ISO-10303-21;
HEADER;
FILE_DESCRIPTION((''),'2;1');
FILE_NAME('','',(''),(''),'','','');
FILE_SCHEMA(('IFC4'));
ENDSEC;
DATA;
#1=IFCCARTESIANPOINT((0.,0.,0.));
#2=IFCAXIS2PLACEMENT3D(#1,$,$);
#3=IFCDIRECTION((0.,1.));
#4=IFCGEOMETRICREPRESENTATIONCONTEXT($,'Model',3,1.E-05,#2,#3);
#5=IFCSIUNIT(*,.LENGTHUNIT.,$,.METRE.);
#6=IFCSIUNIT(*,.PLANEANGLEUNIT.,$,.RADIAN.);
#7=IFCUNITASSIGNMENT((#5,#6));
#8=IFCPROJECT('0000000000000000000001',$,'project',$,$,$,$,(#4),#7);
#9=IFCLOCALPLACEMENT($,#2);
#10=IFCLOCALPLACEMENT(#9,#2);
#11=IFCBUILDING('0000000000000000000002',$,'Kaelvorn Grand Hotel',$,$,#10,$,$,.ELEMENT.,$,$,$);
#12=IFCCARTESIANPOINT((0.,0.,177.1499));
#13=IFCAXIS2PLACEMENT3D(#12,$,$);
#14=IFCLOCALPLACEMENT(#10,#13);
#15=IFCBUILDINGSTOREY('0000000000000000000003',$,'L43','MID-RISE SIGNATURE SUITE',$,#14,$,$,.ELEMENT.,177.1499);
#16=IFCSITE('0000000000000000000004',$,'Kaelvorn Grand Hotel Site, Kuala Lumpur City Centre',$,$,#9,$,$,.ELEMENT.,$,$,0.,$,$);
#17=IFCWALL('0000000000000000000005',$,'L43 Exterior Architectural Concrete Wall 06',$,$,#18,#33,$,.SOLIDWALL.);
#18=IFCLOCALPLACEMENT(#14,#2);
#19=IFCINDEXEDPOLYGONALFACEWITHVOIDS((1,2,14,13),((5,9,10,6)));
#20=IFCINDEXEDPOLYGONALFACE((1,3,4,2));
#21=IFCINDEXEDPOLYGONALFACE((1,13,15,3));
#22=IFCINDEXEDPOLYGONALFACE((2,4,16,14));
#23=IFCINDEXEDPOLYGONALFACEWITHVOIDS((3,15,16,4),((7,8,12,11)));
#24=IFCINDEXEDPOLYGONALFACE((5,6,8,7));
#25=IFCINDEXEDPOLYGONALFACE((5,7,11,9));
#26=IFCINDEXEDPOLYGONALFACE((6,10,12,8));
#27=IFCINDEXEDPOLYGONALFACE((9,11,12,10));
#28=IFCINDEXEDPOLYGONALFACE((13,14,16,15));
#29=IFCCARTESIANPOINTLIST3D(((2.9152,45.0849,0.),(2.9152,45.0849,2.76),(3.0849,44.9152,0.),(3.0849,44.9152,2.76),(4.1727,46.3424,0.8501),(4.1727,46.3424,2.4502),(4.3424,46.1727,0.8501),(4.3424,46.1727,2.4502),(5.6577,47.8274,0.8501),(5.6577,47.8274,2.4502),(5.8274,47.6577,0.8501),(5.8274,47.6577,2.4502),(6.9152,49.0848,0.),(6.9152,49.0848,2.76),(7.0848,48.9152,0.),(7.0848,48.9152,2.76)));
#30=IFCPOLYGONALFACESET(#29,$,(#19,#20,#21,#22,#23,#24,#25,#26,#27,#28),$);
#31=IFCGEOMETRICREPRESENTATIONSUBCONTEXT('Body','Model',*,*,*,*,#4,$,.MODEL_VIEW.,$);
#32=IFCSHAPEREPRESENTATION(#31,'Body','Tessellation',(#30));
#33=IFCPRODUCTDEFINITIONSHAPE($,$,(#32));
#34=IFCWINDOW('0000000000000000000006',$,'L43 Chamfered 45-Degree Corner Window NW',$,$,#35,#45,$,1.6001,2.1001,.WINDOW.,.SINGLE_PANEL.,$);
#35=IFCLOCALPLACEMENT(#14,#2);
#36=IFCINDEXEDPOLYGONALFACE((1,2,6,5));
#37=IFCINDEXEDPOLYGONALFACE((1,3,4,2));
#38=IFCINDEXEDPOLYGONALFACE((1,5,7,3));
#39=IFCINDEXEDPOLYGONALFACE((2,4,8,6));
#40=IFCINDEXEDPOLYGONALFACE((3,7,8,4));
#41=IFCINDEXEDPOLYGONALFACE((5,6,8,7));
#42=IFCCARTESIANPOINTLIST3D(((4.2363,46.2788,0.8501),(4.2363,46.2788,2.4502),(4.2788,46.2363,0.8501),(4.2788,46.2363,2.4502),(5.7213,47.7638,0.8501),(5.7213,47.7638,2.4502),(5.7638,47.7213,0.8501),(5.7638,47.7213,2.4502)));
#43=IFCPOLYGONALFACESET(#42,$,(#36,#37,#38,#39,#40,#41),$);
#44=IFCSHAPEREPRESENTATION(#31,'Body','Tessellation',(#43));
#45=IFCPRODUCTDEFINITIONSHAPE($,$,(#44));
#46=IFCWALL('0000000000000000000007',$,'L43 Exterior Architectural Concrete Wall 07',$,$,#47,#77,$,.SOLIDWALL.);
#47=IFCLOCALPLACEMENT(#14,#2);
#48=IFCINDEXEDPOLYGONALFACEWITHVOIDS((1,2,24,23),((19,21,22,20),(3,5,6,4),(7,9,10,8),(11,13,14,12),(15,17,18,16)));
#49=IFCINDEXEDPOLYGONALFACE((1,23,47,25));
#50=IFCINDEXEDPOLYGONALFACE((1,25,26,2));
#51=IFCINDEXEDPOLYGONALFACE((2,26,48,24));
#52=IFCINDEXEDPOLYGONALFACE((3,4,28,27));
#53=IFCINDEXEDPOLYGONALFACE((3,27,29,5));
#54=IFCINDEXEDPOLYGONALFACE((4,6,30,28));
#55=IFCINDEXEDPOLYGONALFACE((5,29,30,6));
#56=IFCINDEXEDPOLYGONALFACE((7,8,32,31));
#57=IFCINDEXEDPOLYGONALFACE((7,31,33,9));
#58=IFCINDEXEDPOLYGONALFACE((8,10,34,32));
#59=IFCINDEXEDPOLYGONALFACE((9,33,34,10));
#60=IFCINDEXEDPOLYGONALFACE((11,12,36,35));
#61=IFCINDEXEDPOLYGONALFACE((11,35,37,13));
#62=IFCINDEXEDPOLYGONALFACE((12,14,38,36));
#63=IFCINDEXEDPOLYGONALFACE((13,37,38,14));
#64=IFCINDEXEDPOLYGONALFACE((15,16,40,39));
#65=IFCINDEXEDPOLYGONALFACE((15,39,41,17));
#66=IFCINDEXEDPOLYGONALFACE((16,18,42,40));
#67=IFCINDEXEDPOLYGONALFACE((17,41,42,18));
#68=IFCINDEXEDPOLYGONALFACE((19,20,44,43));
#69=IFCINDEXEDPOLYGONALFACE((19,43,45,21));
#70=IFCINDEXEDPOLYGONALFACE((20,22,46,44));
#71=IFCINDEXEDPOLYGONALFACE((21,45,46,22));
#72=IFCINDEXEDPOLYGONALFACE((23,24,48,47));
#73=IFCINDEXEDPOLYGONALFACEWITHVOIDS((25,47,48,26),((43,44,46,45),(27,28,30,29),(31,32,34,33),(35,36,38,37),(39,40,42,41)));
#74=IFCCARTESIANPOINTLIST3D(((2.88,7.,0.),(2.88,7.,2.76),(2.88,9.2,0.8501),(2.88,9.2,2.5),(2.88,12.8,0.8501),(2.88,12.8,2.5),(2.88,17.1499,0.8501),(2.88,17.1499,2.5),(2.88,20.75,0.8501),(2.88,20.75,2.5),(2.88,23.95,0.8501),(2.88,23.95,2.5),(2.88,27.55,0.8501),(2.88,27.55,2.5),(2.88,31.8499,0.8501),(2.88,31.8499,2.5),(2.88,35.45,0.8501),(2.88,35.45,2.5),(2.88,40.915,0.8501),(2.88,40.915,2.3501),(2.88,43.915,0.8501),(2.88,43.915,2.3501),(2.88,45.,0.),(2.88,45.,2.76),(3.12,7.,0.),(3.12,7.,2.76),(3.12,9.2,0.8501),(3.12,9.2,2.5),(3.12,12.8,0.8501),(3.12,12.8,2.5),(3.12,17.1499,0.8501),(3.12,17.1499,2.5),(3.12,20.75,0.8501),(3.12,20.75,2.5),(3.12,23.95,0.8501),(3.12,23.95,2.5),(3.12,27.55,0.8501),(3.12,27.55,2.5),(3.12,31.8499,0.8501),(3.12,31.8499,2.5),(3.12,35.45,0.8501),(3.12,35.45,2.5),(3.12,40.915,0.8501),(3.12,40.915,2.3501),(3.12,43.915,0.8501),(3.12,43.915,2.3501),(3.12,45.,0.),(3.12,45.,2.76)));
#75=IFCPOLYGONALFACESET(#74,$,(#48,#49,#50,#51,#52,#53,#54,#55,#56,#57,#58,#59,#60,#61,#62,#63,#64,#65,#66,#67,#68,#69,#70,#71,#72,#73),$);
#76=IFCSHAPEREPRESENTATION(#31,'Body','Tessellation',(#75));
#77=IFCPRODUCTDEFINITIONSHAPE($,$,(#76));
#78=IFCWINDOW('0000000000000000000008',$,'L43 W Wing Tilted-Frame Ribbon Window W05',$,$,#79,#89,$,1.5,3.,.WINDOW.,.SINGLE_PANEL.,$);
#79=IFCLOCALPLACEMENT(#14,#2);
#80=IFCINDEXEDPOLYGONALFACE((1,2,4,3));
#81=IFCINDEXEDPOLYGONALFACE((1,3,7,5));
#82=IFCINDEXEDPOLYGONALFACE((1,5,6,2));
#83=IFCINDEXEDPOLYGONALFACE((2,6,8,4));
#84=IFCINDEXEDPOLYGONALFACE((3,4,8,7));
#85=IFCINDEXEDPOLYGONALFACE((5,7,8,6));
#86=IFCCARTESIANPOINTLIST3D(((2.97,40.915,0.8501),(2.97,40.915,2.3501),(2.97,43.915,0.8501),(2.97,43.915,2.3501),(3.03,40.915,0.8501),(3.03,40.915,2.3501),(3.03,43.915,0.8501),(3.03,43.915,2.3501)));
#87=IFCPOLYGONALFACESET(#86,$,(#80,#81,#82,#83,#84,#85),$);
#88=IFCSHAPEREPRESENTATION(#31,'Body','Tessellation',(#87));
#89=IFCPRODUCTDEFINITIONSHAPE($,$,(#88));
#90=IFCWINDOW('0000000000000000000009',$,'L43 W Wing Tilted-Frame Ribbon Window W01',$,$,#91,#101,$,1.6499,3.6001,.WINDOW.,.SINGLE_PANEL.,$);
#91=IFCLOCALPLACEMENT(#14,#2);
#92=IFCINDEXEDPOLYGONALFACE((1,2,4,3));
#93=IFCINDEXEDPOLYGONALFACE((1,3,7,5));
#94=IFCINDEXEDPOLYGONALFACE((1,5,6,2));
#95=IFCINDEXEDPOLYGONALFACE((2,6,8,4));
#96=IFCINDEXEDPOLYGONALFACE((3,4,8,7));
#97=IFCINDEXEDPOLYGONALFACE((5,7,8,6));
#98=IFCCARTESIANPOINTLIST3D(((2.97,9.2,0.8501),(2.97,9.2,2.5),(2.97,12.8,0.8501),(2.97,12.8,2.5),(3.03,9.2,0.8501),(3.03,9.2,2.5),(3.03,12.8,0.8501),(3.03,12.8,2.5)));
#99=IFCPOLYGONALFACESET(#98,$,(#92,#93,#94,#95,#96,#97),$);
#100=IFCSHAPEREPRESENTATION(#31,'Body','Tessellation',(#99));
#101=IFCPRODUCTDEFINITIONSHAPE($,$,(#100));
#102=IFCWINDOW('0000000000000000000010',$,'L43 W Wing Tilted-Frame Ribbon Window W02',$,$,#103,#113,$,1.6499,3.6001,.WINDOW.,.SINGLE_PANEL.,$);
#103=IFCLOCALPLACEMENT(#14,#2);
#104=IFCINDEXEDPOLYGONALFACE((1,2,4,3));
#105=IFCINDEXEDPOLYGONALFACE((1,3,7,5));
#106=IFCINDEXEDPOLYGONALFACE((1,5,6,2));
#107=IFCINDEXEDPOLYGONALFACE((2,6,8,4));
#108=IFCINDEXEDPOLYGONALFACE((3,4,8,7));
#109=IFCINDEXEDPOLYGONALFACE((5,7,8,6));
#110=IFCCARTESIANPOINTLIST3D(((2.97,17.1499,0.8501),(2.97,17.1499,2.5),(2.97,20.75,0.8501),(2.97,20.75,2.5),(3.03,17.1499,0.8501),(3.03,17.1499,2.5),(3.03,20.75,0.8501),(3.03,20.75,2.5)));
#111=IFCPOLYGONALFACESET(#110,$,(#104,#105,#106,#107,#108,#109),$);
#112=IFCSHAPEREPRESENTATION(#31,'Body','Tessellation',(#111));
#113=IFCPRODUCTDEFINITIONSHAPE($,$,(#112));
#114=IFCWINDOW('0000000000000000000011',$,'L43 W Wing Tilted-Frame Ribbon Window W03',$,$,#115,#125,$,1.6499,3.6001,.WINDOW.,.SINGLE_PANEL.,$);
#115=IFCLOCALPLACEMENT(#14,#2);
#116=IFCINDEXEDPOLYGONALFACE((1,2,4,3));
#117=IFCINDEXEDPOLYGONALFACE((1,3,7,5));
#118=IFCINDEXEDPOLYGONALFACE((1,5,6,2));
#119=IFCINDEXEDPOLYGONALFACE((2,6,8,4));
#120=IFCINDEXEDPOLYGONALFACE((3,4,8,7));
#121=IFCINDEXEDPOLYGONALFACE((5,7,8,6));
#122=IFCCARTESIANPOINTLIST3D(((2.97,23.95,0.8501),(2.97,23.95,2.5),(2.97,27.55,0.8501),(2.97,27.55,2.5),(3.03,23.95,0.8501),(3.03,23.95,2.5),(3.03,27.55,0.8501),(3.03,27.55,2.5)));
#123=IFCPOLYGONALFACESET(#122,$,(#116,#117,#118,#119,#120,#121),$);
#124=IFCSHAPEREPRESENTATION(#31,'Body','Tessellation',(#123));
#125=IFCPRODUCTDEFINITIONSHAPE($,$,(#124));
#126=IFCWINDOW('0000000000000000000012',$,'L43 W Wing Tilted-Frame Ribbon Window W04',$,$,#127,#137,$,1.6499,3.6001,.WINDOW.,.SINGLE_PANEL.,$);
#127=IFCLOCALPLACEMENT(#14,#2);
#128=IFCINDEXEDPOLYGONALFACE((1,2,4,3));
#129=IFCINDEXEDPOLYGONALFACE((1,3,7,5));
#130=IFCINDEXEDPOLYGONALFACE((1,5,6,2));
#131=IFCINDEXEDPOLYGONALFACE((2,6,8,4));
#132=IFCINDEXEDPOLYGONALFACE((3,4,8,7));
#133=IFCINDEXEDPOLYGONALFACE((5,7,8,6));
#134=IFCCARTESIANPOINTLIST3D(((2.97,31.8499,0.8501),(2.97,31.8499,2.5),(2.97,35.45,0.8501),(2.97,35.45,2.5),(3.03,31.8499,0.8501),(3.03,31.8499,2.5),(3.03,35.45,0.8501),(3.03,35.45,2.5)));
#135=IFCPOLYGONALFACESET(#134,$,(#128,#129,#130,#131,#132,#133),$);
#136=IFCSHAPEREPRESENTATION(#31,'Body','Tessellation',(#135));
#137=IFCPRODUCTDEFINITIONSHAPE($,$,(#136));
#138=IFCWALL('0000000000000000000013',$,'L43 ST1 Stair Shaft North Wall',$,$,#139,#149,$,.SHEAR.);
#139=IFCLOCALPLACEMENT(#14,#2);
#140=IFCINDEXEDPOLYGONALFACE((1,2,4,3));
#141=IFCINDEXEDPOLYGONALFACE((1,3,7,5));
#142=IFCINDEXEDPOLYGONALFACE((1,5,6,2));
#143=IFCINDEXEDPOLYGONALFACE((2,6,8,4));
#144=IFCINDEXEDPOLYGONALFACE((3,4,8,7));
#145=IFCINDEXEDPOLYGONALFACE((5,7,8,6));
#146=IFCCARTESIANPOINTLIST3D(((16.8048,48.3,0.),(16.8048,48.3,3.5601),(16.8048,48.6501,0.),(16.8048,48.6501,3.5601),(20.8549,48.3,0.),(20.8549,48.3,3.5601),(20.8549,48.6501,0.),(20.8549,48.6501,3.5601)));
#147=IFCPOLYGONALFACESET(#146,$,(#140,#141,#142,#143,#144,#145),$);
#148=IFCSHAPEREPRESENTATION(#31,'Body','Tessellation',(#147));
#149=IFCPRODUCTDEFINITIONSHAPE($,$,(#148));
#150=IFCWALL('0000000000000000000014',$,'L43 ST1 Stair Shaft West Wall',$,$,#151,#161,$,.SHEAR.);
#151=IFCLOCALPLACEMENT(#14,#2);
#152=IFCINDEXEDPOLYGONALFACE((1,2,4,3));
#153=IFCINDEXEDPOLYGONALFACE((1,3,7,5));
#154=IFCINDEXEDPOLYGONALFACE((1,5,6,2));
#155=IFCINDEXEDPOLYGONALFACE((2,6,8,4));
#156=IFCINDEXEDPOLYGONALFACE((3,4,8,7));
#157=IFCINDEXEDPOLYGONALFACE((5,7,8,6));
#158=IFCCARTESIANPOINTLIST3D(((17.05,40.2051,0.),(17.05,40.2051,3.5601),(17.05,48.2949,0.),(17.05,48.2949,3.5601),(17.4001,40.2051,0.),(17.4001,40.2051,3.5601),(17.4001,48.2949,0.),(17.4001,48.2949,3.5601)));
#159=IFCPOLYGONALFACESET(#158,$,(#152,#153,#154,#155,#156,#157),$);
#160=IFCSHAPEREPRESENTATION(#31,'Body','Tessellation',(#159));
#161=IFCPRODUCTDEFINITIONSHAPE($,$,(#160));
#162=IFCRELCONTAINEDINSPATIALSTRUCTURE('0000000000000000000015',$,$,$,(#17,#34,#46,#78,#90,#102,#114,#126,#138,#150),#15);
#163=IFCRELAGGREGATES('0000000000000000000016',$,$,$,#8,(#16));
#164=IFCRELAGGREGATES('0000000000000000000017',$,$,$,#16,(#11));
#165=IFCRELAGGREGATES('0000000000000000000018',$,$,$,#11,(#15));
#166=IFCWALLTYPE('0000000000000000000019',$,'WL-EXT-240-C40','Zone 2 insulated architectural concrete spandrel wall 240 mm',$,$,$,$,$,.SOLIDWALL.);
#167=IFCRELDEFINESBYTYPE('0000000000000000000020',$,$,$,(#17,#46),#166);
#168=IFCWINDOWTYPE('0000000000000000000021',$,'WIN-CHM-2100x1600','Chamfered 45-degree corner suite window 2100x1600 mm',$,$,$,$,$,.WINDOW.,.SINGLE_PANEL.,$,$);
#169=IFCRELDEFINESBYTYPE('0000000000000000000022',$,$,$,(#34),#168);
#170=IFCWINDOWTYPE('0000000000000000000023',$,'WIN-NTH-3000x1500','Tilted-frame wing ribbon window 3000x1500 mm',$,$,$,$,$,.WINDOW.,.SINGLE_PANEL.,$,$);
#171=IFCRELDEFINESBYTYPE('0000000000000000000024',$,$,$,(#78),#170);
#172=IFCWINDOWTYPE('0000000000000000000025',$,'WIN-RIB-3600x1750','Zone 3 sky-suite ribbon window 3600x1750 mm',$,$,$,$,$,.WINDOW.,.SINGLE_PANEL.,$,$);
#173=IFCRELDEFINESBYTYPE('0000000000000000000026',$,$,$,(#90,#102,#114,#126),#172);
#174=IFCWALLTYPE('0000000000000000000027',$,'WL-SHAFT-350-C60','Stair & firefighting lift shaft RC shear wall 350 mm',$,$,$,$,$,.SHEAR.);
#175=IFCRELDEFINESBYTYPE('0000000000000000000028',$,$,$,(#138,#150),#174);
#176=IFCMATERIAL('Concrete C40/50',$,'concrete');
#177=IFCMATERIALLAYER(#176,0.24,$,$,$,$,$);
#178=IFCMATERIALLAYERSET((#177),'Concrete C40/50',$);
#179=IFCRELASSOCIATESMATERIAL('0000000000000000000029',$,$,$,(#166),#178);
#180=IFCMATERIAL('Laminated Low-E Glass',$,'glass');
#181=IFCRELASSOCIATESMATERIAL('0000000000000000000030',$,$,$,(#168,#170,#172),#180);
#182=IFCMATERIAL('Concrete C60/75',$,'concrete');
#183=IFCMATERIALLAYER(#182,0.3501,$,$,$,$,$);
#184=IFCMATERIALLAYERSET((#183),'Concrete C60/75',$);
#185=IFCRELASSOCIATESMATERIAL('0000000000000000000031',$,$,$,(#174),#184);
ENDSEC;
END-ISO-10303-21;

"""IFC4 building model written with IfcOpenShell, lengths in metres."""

from ifc_helpers import new_model, si_unit, direction, frame, frame_2d, origin, place, context, subcontext, project, spatial, rectangle, extrude, material, layer, layer_set, type_object, element, fill, save


model = new_model("IFC4")

# Units and contexts
model_context = context("Model", 3, precision=1e-05, world=origin(), true_north=direction((0.0, 1.0)))
body_context = subcontext(model_context, "Body", "Model", "MODEL_VIEW")
ifc_project = project(units=[si_unit("LENGTHUNIT", "METRE"), si_unit("PLANEANGLEUNIT", "RADIAN")], contexts=[model_context])

# Site, building, storey
site_placement = place(None, origin())
site = spatial("IfcSite", under=ifc_project, at=site_placement, Name="Kaelvorn Grand Hotel Site, Kuala Lumpur City Centre", CompositionType="ELEMENT", RefElevation=0.0)
building_placement = place(site_placement, origin())
building = spatial("IfcBuilding", under=site, at=building_placement, Name="Kaelvorn Grand Hotel", CompositionType="ELEMENT")
storey_placement = place(building_placement, frame((0.0, 0.0, 177.1499)))
storey = spatial("IfcBuildingStorey", under=building, at=storey_placement, Name="L43", Description="MID-RISE SIGNATURE SUITE", CompositionType="ELEMENT", Elevation=177.1499)

# Shared definitions
ifc_material_1 = material(Name="Concrete C60/75", Category="concrete")

# Wall, opening, window
ifc_material_2 = material(Name="Concrete C40/50", Category="concrete")
ifc_layer_1 = layer(ifc_material_2, 0.24)
ifc_layer_set_1 = layer_set([ifc_layer_1], Name="Concrete C40/50")
wall_type_1 = type_object("IfcWallType", Name="WL-EXT-240-C40", Description="Zone 2 insulated architectural concrete spandrel wall 240 mm", PredefinedType="SOLIDWALL", material=ifc_layer_set_1)
wall_1_placement = place(storey_placement, frame((7.0, 49.0, 0.0), z_axis=(0.0, 0.0, 1.0), x_axis=(-0.707107, -0.707107, 0.0)))
wall_1 = element("IfcWall", 1, at=wall_1_placement, inside=storey, type_object=wall_type_1, Name="L43 Exterior Architectural Concrete Wall 06", PredefinedType="SOLIDWALL", context=body_context, shape_type="SweptSolid", body=[
    extrude(rectangle(XDim=5.6567, YDim=0.24, at=frame_2d((2.8284, 0.0))), origin(), (0.0, 0.0, 1.0), 2.76),
])
opening_1_placement = place(wall_1_placement, frame((1.7783, 0.0, 0.8501)))
opening_1 = element("IfcOpeningElement", 2, at=opening_1_placement, cuts=wall_1, PredefinedType="OPENING", context=body_context, shape_type="SweptSolid", body=[
    extrude(rectangle(XDim=2.1001, YDim=1.6001, at=frame_2d((1.05, 0.8))), frame((0.0, 0.1299, 0.0), z_axis=(0.0, -1.0, 0.0), x_axis=(1.0, 0.0, 0.0)), (0.0, 0.0, 1.0), 0.26),
])
ifc_material_3 = material(Name="Laminated Low-E Glass", Category="glass")
window_type_1 = type_object("IfcWindowType", Name="WIN-CHM-2100x1600", Description="Chamfered 45-degree corner suite window 2100x1600 mm", PartitioningType="SINGLE_PANEL", PredefinedType="WINDOW", material=ifc_material_3)
window_1_placement = place(opening_1_placement, origin())
window_1 = element("IfcWindow", 3, at=window_1_placement, inside=storey, type_object=window_type_1, Name="L43 Chamfered 45-Degree Corner Window NW", OverallHeight=1.6001, OverallWidth=2.1001, PartitioningType="SINGLE_PANEL", PredefinedType="WINDOW", context=body_context, shape_type="SweptSolid", body=[
    extrude(rectangle(XDim=2.1001, YDim=1.6001, at=frame_2d((1.05, 0.8))), frame((0.0, 0.03, 0.0), z_axis=(0.0, -1.0, 0.0), x_axis=(1.0, 0.0, 0.0)), (0.0, 0.0, 1.0), 0.0601),
])
fill(opening_1, window_1)

# Wall, openings, windows
wall_2_placement = place(storey_placement, frame((3.0, 45.0, 0.0), z_axis=(0.0, 0.0, 1.0), x_axis=(0.0, -1.0, 0.0)))
wall_2 = element("IfcWall", 4, at=wall_2_placement, inside=storey, type_object=wall_type_1, Name="L43 Exterior Architectural Concrete Wall 07", PredefinedType="SOLIDWALL", context=body_context, shape_type="SweptSolid", body=[
    extrude(rectangle(XDim=38.0, YDim=0.24, at=frame_2d((19.0, 0.0))), origin(), (0.0, 0.0, 1.0), 2.76),
])
opening_2_placement = place(wall_2_placement, frame((32.2, 0.0, 0.8501)))
opening_2 = element("IfcOpeningElement", 5, at=opening_2_placement, cuts=wall_2, PredefinedType="OPENING", context=body_context, shape_type="SweptSolid", body=[
    extrude(rectangle(XDim=3.6001, YDim=1.6499, at=frame_2d((1.8, 0.825))), frame((0.0, 0.1299, 0.0), z_axis=(0.0, -1.0, 0.0), x_axis=(1.0, 0.0, 0.0)), (0.0, 0.0, 1.0), 0.26),
])
opening_3_placement = place(wall_2_placement, frame((24.25, 0.0, 0.8501)))
opening_3 = element("IfcOpeningElement", 6, at=opening_3_placement, cuts=wall_2, PredefinedType="OPENING", context=body_context, shape_type="SweptSolid", body=[
    extrude(rectangle(XDim=3.6001, YDim=1.6499, at=frame_2d((1.8, 0.825))), frame((0.0, 0.1299, 0.0), z_axis=(0.0, -1.0, 0.0), x_axis=(1.0, 0.0, 0.0)), (0.0, 0.0, 1.0), 0.26),
])
opening_4_placement = place(wall_2_placement, frame((17.45, 0.0, 0.8501)))
opening_4 = element("IfcOpeningElement", 7, at=opening_4_placement, cuts=wall_2, PredefinedType="OPENING", context=body_context, shape_type="SweptSolid", body=[
    extrude(rectangle(XDim=3.6001, YDim=1.6499, at=frame_2d((1.8, 0.825))), frame((0.0, 0.1299, 0.0), z_axis=(0.0, -1.0, 0.0), x_axis=(1.0, 0.0, 0.0)), (0.0, 0.0, 1.0), 0.26),
])
opening_5_placement = place(wall_2_placement, frame((9.55, 0.0, 0.8501)))
opening_5 = element("IfcOpeningElement", 8, at=opening_5_placement, cuts=wall_2, PredefinedType="OPENING", context=body_context, shape_type="SweptSolid", body=[
    extrude(rectangle(XDim=3.6001, YDim=1.6499, at=frame_2d((1.8, 0.825))), frame((0.0, 0.1299, 0.0), z_axis=(0.0, -1.0, 0.0), x_axis=(1.0, 0.0, 0.0)), (0.0, 0.0, 1.0), 0.26),
])
opening_6_placement = place(wall_2_placement, frame((1.085, 0.0, 0.8501)))
opening_6 = element("IfcOpeningElement", 9, at=opening_6_placement, cuts=wall_2, PredefinedType="OPENING", context=body_context, shape_type="SweptSolid", body=[
    extrude(rectangle(XDim=3.0, YDim=1.5, at=frame_2d((1.5, 0.75))), frame((0.0, 0.1299, 0.0), z_axis=(0.0, -1.0, 0.0), x_axis=(1.0, 0.0, 0.0)), (0.0, 0.0, 1.0), 0.26),
])
window_type_2 = type_object("IfcWindowType", Name="WIN-NTH-3000x1500", Description="Tilted-frame wing ribbon window 3000x1500 mm", PartitioningType="SINGLE_PANEL", PredefinedType="WINDOW", material=ifc_material_3)
window_2_placement = place(opening_6_placement, origin())
window_2 = element("IfcWindow", 10, at=window_2_placement, inside=storey, type_object=window_type_2, Name="L43 W Wing Tilted-Frame Ribbon Window W05", OverallHeight=1.5, OverallWidth=3.0, PartitioningType="SINGLE_PANEL", PredefinedType="WINDOW", context=body_context, shape_type="SweptSolid", body=[
    extrude(rectangle(XDim=3.0, YDim=1.5, at=frame_2d((1.5, 0.75))), frame((0.0, 0.03, 0.0), z_axis=(0.0, -1.0, 0.0), x_axis=(1.0, 0.0, 0.0)), (0.0, 0.0, 1.0), 0.0601),
])
fill(opening_6, window_2)
window_type_3 = type_object("IfcWindowType", Name="WIN-RIB-3600x1750", Description="Zone 3 sky-suite ribbon window 3600x1750 mm", PartitioningType="SINGLE_PANEL", PredefinedType="WINDOW", material=ifc_material_3)
window_3_placement = place(opening_2_placement, origin())
window_3 = element("IfcWindow", 11, at=window_3_placement, inside=storey, type_object=window_type_3, Name="L43 W Wing Tilted-Frame Ribbon Window W01", OverallHeight=1.6499, OverallWidth=3.6001, PartitioningType="SINGLE_PANEL", PredefinedType="WINDOW", context=body_context, shape_type="SweptSolid", body=[
    extrude(rectangle(XDim=3.6001, YDim=1.6499, at=frame_2d((1.8, 0.825))), frame((0.0, 0.03, 0.0), z_axis=(0.0, -1.0, 0.0), x_axis=(1.0, 0.0, 0.0)), (0.0, 0.0, 1.0), 0.0601),
])
fill(opening_2, window_3)
window_4_placement = place(opening_3_placement, origin())
window_4 = element("IfcWindow", 12, at=window_4_placement, inside=storey, type_object=window_type_3, Name="L43 W Wing Tilted-Frame Ribbon Window W02", OverallHeight=1.6499, OverallWidth=3.6001, PartitioningType="SINGLE_PANEL", PredefinedType="WINDOW", context=body_context, shape_type="SweptSolid", body=[
    extrude(rectangle(XDim=3.6001, YDim=1.6499, at=frame_2d((1.8, 0.825))), frame((0.0, 0.03, 0.0), z_axis=(0.0, -1.0, 0.0), x_axis=(1.0, 0.0, 0.0)), (0.0, 0.0, 1.0), 0.0601),
])
fill(opening_3, window_4)
window_5_placement = place(opening_4_placement, origin())
window_5 = element("IfcWindow", 13, at=window_5_placement, inside=storey, type_object=window_type_3, Name="L43 W Wing Tilted-Frame Ribbon Window W03", OverallHeight=1.6499, OverallWidth=3.6001, PartitioningType="SINGLE_PANEL", PredefinedType="WINDOW", context=body_context, shape_type="SweptSolid", body=[
    extrude(rectangle(XDim=3.6001, YDim=1.6499, at=frame_2d((1.8, 0.825))), frame((0.0, 0.03, 0.0), z_axis=(0.0, -1.0, 0.0), x_axis=(1.0, 0.0, 0.0)), (0.0, 0.0, 1.0), 0.0601),
])
fill(opening_4, window_5)
window_6_placement = place(opening_5_placement, origin())
window_6 = element("IfcWindow", 14, at=window_6_placement, inside=storey, type_object=window_type_3, Name="L43 W Wing Tilted-Frame Ribbon Window W04", OverallHeight=1.6499, OverallWidth=3.6001, PartitioningType="SINGLE_PANEL", PredefinedType="WINDOW", context=body_context, shape_type="SweptSolid", body=[
    extrude(rectangle(XDim=3.6001, YDim=1.6499, at=frame_2d((1.8, 0.825))), frame((0.0, 0.03, 0.0), z_axis=(0.0, -1.0, 0.0), x_axis=(1.0, 0.0, 0.0)), (0.0, 0.0, 1.0), 0.0601),
])
fill(opening_5, window_6)

# Shared definitions
ifc_layer_2 = layer(ifc_material_1, 0.3501)
ifc_layer_set_2 = layer_set([ifc_layer_2], Name="Concrete C60/75")
wall_type_2 = type_object("IfcWallType", Name="WL-SHAFT-350-C60", Description="Stair & firefighting lift shaft RC shear wall 350 mm", PredefinedType="SHEAR", material=ifc_layer_set_2)

# Walls
wall_3_placement = place(storey_placement, frame((16.8049, 48.4751, 0.0), z_axis=(0.0, 0.0, 1.0), x_axis=(1.0, 0.0, 0.0)))
element("IfcWall", 15, at=wall_3_placement, inside=storey, type_object=wall_type_2, Name="L43 ST1 Stair Shaft North Wall", PredefinedType="SHEAR", context=body_context, shape_type="SweptSolid", body=[
    extrude(rectangle(XDim=4.05, YDim=0.3501, at=frame_2d((2.0249, 0.0))), origin(), (0.0, 0.0, 1.0), 3.5601),
])
wall_4_placement = place(storey_placement, frame((17.2251, 40.2051, 0.0), z_axis=(0.0, 0.0, 1.0), x_axis=(0.0, 1.0, 0.0)))
element("IfcWall", 16, at=wall_4_placement, inside=storey, type_object=wall_type_2, Name="L43 ST1 Stair Shaft West Wall", PredefinedType="SHEAR", context=body_context, shape_type="SweptSolid", body=[
    extrude(rectangle(XDim=8.0898, YDim=0.3501, at=frame_2d((4.0449, 0.0))), origin(), (0.0, 0.0, 1.0), 3.5601),
])

save(model, "model.ifc")
